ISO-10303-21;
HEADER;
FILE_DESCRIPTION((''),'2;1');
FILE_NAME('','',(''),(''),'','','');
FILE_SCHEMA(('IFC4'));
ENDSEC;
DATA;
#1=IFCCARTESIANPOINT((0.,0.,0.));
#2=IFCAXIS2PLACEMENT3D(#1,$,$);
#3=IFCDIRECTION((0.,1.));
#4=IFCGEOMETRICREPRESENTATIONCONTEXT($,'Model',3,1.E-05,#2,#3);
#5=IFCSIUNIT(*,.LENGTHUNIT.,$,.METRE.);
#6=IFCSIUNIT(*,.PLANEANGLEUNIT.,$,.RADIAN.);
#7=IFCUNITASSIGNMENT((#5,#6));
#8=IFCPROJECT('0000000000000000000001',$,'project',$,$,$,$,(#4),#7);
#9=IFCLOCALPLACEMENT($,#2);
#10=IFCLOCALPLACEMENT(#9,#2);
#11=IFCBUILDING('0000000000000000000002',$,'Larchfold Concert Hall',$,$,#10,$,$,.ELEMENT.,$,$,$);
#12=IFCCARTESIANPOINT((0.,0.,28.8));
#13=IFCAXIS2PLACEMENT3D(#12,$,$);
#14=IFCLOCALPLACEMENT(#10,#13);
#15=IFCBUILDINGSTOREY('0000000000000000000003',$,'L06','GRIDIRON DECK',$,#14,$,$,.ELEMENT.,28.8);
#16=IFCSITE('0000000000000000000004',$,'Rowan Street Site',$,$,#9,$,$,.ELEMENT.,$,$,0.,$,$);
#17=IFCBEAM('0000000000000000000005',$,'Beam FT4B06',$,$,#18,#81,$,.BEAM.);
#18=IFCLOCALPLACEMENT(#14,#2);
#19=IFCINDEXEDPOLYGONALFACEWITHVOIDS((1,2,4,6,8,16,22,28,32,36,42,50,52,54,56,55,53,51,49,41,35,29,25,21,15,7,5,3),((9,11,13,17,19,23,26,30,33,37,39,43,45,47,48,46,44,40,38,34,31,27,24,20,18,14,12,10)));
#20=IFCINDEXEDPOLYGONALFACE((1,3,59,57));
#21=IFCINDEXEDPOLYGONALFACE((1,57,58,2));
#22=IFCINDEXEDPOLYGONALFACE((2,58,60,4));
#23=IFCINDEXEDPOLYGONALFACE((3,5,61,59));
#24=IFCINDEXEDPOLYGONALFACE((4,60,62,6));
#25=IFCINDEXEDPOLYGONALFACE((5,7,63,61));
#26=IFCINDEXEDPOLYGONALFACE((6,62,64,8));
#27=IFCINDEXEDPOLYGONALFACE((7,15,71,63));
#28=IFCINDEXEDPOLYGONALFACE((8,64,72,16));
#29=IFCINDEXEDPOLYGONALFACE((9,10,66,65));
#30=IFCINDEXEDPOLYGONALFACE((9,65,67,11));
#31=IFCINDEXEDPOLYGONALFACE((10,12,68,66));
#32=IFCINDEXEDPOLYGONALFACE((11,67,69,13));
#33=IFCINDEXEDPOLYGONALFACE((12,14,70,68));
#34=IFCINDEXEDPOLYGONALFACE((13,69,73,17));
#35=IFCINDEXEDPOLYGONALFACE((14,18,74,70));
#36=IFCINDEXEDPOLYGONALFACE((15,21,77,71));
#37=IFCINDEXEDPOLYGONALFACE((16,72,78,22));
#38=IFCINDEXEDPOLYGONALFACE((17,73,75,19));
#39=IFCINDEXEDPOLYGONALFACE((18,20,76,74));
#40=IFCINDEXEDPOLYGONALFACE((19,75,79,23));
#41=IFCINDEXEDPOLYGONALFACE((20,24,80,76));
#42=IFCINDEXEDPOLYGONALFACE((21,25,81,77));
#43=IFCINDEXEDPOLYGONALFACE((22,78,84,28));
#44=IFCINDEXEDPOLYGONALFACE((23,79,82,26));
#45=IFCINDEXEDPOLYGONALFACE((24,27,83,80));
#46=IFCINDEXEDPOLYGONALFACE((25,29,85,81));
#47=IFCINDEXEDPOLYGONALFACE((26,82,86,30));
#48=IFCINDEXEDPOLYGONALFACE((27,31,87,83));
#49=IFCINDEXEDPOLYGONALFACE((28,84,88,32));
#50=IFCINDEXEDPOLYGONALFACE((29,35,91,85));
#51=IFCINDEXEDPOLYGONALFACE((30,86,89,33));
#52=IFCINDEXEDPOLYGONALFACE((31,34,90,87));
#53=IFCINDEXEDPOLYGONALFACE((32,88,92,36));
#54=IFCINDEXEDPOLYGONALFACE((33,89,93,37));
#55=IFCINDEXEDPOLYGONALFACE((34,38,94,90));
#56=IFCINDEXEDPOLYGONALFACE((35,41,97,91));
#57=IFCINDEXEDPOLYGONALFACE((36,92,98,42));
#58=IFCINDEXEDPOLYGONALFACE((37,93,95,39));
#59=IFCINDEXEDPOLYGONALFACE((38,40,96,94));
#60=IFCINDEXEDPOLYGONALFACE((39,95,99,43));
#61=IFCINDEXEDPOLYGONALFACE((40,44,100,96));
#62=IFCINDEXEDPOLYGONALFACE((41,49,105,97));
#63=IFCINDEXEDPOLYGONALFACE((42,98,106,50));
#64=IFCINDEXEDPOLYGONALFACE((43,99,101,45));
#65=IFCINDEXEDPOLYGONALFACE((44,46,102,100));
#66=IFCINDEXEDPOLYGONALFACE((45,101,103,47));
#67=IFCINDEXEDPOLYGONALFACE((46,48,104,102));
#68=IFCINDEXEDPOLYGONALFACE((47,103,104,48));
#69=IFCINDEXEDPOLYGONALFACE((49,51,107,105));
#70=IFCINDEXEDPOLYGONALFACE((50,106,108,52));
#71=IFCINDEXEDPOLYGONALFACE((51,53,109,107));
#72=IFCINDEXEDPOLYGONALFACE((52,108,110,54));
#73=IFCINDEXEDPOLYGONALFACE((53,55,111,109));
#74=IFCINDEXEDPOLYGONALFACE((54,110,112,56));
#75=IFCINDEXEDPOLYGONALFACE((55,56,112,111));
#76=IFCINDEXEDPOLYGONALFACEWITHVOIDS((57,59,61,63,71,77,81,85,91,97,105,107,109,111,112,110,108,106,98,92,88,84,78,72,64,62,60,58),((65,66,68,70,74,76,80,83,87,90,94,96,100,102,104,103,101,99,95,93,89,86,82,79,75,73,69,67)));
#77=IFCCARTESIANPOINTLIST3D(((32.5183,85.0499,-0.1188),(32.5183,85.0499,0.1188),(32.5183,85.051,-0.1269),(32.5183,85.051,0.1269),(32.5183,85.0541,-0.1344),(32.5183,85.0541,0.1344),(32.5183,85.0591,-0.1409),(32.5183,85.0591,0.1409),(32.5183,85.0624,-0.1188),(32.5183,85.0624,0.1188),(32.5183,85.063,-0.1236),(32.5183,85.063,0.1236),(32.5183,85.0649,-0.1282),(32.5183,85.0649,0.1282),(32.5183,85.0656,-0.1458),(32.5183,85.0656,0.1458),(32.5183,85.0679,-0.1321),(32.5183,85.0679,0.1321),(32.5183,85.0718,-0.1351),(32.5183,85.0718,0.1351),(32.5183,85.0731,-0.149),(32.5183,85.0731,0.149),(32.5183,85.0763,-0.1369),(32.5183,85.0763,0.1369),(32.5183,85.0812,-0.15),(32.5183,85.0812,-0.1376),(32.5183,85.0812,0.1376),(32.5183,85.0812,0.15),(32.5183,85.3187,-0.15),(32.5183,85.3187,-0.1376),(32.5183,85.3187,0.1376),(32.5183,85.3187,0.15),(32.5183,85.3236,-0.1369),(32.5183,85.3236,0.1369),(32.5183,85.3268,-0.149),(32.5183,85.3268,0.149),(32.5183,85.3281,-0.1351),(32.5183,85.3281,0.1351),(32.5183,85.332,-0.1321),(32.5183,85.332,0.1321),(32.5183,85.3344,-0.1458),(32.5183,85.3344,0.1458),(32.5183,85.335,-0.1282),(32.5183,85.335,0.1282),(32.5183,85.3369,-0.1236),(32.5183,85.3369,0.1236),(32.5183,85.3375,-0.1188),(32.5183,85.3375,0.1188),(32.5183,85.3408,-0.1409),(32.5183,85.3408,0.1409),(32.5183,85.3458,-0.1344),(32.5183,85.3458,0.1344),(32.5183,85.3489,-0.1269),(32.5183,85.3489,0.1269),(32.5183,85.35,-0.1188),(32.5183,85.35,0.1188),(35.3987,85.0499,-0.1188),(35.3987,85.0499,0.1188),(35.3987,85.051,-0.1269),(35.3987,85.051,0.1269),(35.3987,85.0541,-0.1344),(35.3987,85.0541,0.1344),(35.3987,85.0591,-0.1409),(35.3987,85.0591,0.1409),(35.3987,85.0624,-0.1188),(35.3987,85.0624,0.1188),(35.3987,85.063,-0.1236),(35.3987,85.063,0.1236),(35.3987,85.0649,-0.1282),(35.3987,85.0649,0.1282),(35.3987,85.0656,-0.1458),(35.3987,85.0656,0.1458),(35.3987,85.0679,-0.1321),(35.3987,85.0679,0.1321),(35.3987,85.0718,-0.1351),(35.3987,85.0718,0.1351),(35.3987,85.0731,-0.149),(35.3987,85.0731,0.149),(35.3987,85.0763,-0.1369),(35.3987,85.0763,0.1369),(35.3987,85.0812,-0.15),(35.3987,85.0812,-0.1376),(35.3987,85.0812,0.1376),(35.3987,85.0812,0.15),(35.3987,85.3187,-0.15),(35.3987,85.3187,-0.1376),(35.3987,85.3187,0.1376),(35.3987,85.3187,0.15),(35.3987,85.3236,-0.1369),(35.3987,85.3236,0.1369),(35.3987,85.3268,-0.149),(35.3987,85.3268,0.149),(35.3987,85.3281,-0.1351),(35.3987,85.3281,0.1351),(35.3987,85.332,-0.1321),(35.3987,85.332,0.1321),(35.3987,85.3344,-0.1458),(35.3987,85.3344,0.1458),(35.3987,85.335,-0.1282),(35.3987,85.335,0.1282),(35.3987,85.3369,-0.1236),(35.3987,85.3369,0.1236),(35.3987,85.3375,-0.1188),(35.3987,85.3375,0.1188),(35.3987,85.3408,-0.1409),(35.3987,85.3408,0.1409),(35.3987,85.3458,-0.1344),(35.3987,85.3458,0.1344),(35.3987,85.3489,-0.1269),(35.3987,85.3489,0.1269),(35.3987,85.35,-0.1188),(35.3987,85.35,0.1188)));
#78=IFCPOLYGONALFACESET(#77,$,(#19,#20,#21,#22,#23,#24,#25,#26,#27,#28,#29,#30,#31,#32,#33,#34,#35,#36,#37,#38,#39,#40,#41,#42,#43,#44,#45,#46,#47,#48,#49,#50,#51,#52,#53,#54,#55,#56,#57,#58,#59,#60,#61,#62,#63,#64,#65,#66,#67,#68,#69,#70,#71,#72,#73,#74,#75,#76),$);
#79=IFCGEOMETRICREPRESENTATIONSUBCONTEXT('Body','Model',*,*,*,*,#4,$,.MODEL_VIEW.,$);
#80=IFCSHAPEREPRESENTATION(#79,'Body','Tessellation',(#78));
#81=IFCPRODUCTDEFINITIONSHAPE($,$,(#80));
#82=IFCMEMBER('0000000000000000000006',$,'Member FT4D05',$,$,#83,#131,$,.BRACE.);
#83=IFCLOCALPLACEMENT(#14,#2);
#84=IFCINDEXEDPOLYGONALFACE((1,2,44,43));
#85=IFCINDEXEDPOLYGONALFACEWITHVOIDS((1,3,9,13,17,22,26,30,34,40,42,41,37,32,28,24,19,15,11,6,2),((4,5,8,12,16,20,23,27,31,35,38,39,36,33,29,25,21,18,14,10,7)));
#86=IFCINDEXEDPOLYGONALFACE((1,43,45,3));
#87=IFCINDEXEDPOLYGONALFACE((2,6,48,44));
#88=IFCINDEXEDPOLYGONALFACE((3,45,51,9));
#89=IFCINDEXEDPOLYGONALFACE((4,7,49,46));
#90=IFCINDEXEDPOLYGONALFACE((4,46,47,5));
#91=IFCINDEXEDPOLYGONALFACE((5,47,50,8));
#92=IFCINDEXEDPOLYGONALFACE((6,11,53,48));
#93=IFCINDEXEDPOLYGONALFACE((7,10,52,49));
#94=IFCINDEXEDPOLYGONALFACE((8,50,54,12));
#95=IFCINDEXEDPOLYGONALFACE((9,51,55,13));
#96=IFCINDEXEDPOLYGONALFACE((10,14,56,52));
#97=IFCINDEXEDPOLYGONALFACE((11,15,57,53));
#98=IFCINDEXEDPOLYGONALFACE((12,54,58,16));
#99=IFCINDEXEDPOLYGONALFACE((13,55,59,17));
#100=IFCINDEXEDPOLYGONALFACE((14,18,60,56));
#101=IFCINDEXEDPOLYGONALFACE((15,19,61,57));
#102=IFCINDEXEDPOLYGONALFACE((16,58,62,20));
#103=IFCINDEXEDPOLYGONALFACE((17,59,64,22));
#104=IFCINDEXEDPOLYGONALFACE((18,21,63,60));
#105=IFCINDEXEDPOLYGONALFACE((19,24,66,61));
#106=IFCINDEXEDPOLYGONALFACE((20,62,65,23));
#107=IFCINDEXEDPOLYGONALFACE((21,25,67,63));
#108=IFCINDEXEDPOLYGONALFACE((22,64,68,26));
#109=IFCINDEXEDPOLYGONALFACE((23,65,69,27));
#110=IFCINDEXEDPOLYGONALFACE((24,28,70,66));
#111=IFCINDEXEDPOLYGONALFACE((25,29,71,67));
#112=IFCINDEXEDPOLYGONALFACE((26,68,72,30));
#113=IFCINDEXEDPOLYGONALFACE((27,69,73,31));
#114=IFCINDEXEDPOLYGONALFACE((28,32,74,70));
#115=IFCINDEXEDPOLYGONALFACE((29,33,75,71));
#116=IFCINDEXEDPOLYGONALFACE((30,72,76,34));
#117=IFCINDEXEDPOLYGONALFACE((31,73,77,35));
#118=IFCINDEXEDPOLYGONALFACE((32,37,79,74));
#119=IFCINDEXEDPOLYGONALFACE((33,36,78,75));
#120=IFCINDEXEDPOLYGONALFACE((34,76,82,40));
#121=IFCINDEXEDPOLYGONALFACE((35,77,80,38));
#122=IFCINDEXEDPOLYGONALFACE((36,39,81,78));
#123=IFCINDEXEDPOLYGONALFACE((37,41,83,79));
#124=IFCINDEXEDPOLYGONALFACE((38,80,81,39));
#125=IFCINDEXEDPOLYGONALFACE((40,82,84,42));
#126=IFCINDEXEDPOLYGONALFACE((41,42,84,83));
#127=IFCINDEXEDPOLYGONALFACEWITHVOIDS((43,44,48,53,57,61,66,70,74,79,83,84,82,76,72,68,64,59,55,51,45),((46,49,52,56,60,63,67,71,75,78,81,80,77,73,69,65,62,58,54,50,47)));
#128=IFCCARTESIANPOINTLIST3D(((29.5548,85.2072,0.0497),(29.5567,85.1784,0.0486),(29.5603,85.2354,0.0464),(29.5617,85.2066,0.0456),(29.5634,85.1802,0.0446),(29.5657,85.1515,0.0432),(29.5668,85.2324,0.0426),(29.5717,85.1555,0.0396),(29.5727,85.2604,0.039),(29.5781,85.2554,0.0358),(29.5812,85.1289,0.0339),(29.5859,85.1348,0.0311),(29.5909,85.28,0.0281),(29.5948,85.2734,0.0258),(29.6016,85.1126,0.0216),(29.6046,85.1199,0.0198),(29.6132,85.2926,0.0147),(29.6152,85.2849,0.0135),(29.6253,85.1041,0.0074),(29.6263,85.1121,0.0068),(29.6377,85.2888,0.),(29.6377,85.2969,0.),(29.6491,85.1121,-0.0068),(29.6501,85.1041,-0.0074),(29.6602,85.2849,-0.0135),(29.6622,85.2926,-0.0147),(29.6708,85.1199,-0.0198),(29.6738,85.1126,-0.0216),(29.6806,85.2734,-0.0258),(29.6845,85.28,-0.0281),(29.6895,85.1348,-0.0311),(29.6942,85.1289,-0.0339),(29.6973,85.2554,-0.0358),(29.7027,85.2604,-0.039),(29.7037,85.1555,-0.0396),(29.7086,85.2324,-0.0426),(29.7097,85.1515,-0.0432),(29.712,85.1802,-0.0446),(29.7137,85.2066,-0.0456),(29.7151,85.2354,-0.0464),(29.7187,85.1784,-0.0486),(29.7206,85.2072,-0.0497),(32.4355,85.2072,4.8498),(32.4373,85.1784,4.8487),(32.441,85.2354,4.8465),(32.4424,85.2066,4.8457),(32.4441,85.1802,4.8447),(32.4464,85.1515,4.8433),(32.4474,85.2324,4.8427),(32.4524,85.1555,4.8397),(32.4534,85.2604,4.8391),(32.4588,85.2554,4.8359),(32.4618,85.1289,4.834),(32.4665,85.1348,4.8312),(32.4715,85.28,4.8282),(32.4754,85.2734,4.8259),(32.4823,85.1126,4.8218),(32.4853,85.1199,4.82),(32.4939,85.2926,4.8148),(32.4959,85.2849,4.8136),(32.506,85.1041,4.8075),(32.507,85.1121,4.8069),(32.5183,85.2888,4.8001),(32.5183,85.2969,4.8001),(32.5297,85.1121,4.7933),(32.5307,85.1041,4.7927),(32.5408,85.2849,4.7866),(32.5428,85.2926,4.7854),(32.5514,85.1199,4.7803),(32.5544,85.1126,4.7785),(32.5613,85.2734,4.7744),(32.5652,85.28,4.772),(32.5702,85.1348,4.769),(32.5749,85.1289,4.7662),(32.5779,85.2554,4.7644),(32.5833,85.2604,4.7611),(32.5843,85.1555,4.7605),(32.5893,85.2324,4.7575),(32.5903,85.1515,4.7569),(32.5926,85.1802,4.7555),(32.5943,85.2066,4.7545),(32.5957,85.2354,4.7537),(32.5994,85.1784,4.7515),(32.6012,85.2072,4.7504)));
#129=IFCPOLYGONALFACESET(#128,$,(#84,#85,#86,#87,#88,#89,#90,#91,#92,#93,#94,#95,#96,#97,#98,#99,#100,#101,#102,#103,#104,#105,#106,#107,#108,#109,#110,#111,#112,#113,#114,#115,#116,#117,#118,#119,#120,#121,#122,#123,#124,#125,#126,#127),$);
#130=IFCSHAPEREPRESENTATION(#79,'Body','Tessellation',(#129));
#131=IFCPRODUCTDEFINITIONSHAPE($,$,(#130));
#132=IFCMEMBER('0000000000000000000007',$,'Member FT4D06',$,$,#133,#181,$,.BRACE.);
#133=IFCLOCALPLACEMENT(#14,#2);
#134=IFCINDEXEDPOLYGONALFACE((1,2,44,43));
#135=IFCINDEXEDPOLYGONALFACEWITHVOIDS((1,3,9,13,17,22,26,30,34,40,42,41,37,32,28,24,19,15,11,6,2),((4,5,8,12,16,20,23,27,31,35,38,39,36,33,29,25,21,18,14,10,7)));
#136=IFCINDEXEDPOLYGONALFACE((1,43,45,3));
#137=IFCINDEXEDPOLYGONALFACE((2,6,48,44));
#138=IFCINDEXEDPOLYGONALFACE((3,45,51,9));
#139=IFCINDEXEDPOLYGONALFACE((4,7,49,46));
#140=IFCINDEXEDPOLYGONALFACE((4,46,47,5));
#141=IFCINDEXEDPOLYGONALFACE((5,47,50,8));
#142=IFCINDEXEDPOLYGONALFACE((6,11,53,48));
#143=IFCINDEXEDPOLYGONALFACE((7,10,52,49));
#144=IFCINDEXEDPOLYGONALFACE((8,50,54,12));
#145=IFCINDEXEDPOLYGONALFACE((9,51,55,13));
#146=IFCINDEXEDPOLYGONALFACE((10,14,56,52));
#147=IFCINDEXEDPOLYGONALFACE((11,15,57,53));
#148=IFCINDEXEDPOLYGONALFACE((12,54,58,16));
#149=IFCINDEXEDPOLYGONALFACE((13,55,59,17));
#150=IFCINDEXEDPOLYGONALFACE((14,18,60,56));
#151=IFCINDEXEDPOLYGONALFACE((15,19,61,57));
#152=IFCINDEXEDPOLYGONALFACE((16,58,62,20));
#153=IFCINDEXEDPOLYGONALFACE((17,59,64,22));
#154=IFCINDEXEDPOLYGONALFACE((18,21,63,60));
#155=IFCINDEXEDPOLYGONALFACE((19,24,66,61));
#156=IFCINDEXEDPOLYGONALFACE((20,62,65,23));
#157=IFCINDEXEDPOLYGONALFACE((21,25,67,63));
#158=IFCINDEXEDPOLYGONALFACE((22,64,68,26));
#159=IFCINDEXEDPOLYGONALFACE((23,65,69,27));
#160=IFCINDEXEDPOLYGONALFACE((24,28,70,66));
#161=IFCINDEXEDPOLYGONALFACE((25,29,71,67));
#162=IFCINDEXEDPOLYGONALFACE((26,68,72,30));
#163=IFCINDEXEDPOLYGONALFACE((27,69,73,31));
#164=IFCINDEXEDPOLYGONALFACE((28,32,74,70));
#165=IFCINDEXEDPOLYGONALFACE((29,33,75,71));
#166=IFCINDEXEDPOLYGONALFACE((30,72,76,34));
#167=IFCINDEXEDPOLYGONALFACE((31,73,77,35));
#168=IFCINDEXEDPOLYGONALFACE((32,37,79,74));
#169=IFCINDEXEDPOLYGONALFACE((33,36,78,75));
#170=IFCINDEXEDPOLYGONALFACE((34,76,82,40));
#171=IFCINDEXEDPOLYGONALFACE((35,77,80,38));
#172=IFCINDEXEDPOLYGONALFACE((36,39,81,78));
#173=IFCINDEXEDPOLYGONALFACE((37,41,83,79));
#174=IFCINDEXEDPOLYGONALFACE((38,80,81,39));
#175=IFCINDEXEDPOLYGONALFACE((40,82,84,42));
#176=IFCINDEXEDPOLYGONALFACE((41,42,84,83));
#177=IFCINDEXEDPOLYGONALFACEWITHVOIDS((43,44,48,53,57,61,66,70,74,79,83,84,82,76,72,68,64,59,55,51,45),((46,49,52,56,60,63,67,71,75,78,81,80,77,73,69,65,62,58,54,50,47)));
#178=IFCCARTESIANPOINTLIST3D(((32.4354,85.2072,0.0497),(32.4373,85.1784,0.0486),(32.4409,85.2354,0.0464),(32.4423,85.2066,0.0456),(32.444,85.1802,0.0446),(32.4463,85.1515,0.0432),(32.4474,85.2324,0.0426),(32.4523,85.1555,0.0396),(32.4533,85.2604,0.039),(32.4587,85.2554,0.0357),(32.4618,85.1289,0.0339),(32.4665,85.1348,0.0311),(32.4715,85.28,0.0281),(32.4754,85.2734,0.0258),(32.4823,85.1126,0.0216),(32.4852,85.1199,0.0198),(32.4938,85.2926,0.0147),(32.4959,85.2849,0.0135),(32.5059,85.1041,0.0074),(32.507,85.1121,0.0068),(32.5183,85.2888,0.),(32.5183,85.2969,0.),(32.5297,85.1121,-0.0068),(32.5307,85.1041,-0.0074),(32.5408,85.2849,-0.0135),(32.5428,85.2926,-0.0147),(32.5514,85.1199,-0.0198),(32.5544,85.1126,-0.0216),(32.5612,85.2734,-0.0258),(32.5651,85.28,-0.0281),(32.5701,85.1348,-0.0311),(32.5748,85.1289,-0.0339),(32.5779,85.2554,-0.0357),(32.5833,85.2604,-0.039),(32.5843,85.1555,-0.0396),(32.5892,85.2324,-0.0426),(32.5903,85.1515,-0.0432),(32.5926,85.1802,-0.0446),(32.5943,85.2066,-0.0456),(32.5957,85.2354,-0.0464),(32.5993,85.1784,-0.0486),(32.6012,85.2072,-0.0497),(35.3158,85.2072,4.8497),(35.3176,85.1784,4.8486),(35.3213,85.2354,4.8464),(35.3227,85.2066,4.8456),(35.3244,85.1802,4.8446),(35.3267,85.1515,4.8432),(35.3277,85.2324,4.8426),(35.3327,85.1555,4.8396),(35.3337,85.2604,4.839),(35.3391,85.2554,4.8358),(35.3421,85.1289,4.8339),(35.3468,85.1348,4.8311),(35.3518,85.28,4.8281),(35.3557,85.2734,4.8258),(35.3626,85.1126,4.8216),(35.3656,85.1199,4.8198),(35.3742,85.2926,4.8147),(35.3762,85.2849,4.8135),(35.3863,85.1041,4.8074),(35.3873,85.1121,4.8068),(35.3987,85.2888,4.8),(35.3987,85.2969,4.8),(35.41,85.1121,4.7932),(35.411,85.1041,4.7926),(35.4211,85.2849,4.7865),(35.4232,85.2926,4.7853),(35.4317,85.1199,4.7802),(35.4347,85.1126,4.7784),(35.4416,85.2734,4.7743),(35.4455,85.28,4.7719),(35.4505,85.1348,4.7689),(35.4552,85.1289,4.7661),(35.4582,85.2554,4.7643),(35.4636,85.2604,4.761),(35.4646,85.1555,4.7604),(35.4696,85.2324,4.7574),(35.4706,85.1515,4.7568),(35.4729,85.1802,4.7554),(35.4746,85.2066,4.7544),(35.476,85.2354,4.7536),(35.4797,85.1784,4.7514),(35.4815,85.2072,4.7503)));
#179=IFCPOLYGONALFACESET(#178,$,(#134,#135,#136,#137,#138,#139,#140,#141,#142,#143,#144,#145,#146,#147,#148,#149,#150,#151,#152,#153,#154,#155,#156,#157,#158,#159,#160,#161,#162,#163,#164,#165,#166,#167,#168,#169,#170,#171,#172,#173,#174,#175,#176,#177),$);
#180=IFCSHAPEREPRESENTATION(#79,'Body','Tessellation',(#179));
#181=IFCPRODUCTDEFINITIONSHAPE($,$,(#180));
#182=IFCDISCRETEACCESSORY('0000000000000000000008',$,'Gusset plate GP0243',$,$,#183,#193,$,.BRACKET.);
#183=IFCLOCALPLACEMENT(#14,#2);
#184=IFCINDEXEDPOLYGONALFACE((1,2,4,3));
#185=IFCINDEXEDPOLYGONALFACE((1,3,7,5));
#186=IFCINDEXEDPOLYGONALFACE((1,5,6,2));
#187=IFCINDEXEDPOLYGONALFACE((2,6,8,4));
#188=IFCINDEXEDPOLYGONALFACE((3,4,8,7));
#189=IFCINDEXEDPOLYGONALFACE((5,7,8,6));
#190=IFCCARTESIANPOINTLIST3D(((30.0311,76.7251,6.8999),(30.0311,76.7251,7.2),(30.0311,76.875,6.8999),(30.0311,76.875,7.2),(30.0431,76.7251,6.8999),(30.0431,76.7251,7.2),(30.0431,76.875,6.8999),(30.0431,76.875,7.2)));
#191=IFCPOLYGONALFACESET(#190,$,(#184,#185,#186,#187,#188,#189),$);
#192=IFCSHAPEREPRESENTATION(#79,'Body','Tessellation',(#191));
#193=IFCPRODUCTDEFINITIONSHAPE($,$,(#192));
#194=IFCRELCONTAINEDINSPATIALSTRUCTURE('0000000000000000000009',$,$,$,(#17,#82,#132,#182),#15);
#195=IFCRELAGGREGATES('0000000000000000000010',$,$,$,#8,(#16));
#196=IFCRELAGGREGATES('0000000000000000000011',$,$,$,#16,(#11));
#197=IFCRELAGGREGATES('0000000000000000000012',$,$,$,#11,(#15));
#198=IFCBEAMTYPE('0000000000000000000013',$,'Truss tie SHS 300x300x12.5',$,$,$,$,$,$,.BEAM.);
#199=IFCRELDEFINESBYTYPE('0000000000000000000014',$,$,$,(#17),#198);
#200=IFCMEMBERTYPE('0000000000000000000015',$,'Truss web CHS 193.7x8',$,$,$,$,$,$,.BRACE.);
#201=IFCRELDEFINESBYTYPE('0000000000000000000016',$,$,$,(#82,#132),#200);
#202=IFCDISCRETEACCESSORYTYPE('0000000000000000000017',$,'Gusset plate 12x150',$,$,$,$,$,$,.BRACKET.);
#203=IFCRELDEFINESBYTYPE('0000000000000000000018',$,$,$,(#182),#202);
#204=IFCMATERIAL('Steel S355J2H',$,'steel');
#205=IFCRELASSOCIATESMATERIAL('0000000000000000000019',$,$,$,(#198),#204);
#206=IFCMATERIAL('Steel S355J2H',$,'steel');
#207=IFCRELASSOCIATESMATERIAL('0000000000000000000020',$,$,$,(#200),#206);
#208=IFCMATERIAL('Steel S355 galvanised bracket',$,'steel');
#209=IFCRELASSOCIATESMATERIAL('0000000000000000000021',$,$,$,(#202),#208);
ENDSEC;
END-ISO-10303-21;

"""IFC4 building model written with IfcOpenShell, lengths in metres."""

from ifc_helpers import new_model, si_unit, direction, frame, origin, origin_2d, place, context, subcontext, project, spatial, rectangle, hollow_rectangle, hollow_circle, extrude, material, material_profile, profile_set, type_object, element, save


model = new_model("IFC4")

# Units and contexts
model_context = context("Model", 3, precision=1e-05, world=origin(), true_north=direction((0.0, 1.0)))
body_context = subcontext(model_context, "Body", "Model", "MODEL_VIEW")
ifc_project = project(units=[si_unit("LENGTHUNIT", "METRE"), si_unit("PLANEANGLEUNIT", "RADIAN")], contexts=[model_context])

# Site, building, storey
site_placement = place(None, origin())
site = spatial("IfcSite", under=ifc_project, at=site_placement, Name="Rowan Street Site", CompositionType="ELEMENT", RefElevation=0.0)
building_placement = place(site_placement, origin())
building = spatial("IfcBuilding", under=site, at=building_placement, Name="Larchfold Concert Hall", CompositionType="ELEMENT")
storey_placement = place(building_placement, frame((0.0, 0.0, 28.8)))
storey = spatial("IfcBuildingStorey", under=building, at=storey_placement, Name="L06", Description="GRIDIRON DECK", CompositionType="ELEMENT", Elevation=28.8)

# Beam
ifc_material_1 = material(Name="Steel S355J2H", Category="steel")
ifc_material_profile_1 = material_profile(ifc_material_1, hollow_rectangle(XDim=0.3, YDim=0.3, WallThickness=0.0125, InnerFilletRadius=0.0188, OuterFilletRadius=0.0312, at=origin_2d()))
ifc_profile_set_1 = profile_set([ifc_material_profile_1], Name="Steel S355J2H")
beam_type_1 = type_object("IfcBeamType", Name="Truss tie SHS 300x300x12.5", PredefinedType="BEAM", material=ifc_profile_set_1)
beam_1_placement = place(storey_placement, frame((32.5183, 85.2, 0.0), z_axis=(1.0, 0.0, 0.0), x_axis=(0.0, 1.0, 0.0)))
element("IfcBeam", 1, at=beam_1_placement, inside=storey, type_object=beam_type_1, Name="Beam FT4B06", PredefinedType="BEAM", context=body_context, shape_type="SweptSolid", body=[
    extrude(hollow_rectangle(XDim=0.3, YDim=0.3, WallThickness=0.0125, InnerFilletRadius=0.0188, OuterFilletRadius=0.0312, at=origin_2d()), origin(), (0.0, 0.0, 1.0), 2.8804),
])

# Members
ifc_material_2 = material(Name="Steel S355J2H", Category="steel")
ifc_material_profile_2 = material_profile(ifc_material_2, hollow_circle(Radius=0.0969, WallThickness=0.0081, at=origin_2d()))
ifc_profile_set_2 = profile_set([ifc_material_profile_2], Name="Steel S355J2H")
member_type_1 = type_object("IfcMemberType", Name="Truss web CHS 193.7x8", PredefinedType="BRACE", material=ifc_profile_set_2)
member_1_placement = place(storey_placement, frame((29.6377, 85.2, 0.0), z_axis=(0.514573, 0.0, 0.857447), x_axis=(0.0, 1.0, 0.0)))
element("IfcMember", 2, at=member_1_placement, inside=storey, type_object=member_type_1, Name="Member FT4D05", PredefinedType="BRACE", context=body_context, shape_type="SweptSolid", body=[
    extrude(hollow_circle(Radius=0.0969, WallThickness=0.0081, at=origin_2d()), origin(), (0.0, 0.0, 1.0), 5.5981),
])
member_2_placement = place(storey_placement, frame((32.5183, 85.2, 0.0), z_axis=(0.514541, 0.0, 0.857466), x_axis=(0.0, 1.0, 0.0)))
element("IfcMember", 3, at=member_2_placement, inside=storey, type_object=member_type_1, Name="Member FT4D06", PredefinedType="BRACE", context=body_context, shape_type="SweptSolid", body=[
    extrude(hollow_circle(Radius=0.0969, WallThickness=0.0081, at=origin_2d()), origin(), (0.0, 0.0, 1.0), 5.5979),
])

# Discrete accessory
ifc_material_3 = material(Name="Steel S355 galvanised bracket", Category="steel")
ifc_material_profile_3 = material_profile(ifc_material_3, rectangle(XDim=0.012, YDim=0.1499, at=origin_2d()))
ifc_profile_set_3 = profile_set([ifc_material_profile_3], Name="Steel S355 galvanised bracket")
discrete_accessory_type_1 = type_object("IfcDiscreteAccessoryType", Name="Gusset plate 12x150", PredefinedType="BRACKET", material=ifc_profile_set_3)
for number, where, z_axis, x_axis, name in (
    (4, (30.0371, 76.8, 7.2), (0.0, 0.0, -1.0), (1.0, 0.0, 0.0), "Gusset plate GP0243"),
):
    element("IfcDiscreteAccessory", number, at=place(storey_placement, frame(where, z_axis=z_axis, x_axis=x_axis)), inside=storey, type_object=discrete_accessory_type_1, Name=name, PredefinedType="BRACKET", context=body_context, shape_type="SweptSolid", body=[
        extrude(rectangle(XDim=0.012, YDim=0.1499, at=origin_2d()), origin(), (0.0, 0.0, 1.0), 0.3),
    ])

save(model, "model.ifc")
